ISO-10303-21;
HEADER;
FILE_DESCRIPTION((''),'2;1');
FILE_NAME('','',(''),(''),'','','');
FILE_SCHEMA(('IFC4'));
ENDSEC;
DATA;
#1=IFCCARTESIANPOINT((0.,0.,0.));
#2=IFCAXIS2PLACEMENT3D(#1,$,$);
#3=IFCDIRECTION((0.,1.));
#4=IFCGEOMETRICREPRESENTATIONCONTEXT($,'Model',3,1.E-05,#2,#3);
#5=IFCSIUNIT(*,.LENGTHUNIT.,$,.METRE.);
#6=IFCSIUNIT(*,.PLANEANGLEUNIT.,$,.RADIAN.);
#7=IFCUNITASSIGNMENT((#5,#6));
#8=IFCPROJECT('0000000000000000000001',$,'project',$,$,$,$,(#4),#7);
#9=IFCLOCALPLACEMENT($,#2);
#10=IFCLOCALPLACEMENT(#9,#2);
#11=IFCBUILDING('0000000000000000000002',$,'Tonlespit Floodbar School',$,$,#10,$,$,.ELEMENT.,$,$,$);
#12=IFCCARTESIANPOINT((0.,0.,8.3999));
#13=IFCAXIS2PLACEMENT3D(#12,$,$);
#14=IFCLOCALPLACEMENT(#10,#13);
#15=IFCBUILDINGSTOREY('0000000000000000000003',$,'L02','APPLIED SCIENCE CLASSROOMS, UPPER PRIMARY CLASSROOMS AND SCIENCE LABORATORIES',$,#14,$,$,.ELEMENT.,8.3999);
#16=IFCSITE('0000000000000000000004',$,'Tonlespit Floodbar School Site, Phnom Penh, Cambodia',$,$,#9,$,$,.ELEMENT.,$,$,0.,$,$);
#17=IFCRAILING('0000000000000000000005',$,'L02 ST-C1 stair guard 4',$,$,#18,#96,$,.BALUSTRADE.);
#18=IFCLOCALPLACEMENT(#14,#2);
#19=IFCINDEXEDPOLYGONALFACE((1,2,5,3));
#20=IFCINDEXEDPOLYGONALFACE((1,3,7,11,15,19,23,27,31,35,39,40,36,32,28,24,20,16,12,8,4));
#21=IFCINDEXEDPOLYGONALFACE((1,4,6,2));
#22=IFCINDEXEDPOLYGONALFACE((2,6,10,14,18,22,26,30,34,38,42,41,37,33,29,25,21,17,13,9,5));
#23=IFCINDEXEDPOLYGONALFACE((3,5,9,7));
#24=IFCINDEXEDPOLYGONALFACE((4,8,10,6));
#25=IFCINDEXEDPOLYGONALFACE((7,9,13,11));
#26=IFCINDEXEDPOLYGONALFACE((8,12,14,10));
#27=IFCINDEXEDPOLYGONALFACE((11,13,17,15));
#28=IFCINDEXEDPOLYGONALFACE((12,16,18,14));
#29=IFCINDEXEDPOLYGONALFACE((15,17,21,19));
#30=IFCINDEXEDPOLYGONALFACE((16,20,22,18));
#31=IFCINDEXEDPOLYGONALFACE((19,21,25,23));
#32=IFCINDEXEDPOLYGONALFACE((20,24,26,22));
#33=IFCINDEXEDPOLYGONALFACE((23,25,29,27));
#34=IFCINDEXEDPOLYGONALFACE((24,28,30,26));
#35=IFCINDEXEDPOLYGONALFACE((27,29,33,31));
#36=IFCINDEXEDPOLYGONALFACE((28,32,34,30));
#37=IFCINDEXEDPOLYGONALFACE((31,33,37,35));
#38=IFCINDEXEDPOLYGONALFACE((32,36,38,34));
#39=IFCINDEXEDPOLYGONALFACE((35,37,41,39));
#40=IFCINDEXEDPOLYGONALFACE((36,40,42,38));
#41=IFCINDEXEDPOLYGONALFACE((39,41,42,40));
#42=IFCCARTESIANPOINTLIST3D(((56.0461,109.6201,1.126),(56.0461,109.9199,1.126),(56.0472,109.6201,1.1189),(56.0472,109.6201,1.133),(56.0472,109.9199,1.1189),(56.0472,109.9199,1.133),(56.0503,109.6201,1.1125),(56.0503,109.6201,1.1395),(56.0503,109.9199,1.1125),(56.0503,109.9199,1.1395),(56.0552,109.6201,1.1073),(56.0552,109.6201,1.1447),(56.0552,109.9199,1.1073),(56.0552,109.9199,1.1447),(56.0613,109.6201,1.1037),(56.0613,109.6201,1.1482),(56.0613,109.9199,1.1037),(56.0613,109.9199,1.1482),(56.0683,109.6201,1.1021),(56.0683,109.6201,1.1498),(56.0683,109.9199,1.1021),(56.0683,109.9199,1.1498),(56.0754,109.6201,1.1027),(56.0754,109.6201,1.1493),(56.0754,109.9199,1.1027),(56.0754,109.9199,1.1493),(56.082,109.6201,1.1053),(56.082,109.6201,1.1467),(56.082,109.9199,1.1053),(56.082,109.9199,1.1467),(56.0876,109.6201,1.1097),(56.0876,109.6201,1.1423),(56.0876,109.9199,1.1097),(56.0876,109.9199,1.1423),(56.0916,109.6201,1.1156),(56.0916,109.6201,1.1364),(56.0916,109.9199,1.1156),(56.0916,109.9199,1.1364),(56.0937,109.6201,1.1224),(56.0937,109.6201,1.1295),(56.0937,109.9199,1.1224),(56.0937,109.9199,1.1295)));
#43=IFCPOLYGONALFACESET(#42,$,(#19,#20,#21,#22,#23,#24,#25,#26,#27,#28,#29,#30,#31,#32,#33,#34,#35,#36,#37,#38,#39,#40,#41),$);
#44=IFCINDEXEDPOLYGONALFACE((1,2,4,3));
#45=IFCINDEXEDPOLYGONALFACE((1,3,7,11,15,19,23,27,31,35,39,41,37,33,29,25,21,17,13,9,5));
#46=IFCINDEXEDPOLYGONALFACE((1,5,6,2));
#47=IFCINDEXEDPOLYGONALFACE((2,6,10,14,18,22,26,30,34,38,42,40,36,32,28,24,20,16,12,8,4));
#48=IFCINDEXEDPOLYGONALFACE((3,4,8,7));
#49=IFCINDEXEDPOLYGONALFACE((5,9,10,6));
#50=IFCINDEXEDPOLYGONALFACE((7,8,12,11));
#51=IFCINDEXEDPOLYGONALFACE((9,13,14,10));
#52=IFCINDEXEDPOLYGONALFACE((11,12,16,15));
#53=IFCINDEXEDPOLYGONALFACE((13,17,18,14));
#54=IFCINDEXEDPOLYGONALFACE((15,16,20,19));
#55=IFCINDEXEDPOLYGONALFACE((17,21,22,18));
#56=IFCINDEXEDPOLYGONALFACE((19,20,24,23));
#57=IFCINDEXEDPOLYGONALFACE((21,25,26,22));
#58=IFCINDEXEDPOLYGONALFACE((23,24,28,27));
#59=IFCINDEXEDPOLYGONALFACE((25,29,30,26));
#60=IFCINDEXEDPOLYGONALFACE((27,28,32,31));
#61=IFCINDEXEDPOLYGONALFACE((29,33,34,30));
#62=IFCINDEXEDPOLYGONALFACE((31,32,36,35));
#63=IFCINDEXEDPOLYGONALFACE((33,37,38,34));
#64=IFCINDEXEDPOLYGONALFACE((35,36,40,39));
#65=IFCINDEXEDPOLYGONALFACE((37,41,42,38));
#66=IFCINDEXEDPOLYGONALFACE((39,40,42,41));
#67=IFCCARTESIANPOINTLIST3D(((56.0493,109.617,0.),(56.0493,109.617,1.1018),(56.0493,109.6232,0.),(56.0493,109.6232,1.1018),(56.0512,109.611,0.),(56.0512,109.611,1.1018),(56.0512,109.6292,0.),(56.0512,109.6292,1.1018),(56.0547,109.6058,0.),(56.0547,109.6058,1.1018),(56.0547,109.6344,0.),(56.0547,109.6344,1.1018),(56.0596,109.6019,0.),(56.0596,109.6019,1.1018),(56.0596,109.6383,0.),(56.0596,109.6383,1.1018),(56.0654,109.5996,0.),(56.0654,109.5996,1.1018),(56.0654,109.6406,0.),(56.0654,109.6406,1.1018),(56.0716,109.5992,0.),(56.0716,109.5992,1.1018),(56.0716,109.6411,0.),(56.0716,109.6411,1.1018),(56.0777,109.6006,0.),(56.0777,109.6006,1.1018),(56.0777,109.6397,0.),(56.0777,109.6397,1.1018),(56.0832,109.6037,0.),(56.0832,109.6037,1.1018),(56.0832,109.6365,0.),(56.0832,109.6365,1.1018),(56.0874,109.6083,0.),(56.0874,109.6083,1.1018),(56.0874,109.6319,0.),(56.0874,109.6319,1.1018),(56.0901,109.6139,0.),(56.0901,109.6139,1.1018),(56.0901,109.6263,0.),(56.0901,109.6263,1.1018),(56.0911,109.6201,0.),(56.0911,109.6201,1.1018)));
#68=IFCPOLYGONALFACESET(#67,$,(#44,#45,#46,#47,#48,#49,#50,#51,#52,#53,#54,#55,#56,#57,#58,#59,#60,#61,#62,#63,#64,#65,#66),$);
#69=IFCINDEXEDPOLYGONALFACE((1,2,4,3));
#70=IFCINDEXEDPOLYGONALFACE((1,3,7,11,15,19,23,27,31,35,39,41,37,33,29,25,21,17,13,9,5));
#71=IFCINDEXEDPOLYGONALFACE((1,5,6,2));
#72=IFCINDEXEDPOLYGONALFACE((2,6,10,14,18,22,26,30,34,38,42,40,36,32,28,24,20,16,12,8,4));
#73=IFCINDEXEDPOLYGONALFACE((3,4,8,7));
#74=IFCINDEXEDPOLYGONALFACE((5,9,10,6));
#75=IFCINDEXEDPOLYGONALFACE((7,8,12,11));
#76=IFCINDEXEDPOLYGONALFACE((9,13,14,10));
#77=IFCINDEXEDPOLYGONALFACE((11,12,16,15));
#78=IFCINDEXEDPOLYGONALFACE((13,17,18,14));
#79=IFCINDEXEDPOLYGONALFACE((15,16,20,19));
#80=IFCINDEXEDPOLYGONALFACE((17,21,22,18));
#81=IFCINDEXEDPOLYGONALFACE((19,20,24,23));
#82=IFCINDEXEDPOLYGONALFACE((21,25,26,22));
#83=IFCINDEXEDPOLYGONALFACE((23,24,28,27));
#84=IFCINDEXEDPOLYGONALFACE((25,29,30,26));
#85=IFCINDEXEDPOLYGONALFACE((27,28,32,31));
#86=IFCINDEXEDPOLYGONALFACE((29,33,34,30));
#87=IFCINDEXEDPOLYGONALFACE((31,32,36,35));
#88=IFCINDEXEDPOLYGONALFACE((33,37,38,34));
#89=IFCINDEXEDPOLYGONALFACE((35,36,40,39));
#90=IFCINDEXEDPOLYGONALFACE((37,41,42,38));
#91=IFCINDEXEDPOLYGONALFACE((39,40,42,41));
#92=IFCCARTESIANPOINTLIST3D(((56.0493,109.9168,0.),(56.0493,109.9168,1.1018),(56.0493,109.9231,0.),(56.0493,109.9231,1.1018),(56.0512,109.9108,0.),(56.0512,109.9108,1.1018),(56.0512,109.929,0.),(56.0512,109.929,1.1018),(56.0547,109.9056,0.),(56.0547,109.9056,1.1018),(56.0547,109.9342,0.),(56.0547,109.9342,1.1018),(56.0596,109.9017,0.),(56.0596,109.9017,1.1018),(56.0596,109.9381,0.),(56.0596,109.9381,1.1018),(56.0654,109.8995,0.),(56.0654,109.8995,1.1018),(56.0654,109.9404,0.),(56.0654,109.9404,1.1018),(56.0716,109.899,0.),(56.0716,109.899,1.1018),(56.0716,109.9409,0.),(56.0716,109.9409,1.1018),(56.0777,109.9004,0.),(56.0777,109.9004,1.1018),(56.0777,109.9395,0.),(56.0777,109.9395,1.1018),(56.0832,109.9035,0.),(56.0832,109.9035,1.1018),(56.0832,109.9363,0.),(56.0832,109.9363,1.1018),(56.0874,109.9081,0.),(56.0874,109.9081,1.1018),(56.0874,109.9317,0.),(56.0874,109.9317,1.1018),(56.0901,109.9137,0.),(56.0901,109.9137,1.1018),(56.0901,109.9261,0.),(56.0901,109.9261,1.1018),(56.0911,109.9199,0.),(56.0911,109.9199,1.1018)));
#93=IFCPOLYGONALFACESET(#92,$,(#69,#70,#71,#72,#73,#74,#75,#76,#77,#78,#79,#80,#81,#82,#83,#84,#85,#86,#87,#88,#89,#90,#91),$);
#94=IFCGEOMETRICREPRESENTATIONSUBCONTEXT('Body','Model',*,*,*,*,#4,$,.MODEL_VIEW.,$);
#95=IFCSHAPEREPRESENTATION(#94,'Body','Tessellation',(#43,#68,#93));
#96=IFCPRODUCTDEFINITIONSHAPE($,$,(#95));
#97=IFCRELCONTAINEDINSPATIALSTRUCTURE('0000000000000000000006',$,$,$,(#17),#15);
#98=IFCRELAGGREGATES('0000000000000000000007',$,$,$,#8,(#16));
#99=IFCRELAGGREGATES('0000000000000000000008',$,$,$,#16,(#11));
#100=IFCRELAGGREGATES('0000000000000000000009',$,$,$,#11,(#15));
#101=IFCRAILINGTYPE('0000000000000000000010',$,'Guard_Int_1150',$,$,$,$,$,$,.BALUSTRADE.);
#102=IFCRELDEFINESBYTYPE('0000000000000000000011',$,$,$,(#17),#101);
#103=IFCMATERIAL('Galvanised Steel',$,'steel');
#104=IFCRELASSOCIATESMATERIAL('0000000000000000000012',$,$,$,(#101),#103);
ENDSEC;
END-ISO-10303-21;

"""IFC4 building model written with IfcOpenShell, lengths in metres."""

from ifc_helpers import new_model, si_unit, direction, frame, origin, origin_2d, place, context, subcontext, project, spatial, circle, extrude, material, type_object, element, save


model = new_model("IFC4")

# Units and contexts
model_context = context("Model", 3, precision=1e-05, world=origin(), true_north=direction((0.0, 1.0)))
body_context = subcontext(model_context, "Body", "Model", "MODEL_VIEW")
ifc_project = project(units=[si_unit("LENGTHUNIT", "METRE"), si_unit("PLANEANGLEUNIT", "RADIAN")], contexts=[model_context])

# Site, building, storey
site_placement = place(None, origin())
site = spatial("IfcSite", under=ifc_project, at=site_placement, Name="Tonlespit Floodbar School Site, Phnom Penh, Cambodia", CompositionType="ELEMENT", RefElevation=0.0)
building_placement = place(site_placement, origin())
building = spatial("IfcBuilding", under=site, at=building_placement, Name="Tonlespit Floodbar School", CompositionType="ELEMENT")
storey_placement = place(building_placement, frame((0.0, 0.0, 8.3999)))
storey = spatial("IfcBuildingStorey", under=building, at=storey_placement, Name="L02", Description="APPLIED SCIENCE CLASSROOMS, UPPER PRIMARY CLASSROOMS AND SCIENCE LABORATORIES", CompositionType="ELEMENT", Elevation=8.3999)

# Shared definitions
ifc_material_1 = material(Name="Galvanised Steel", Category="steel")

# Railing
railing_type_1 = type_object("IfcRailingType", Name="Guard_Int_1150", PredefinedType="BALUSTRADE", material=ifc_material_1)
railing_1_placement = place(storey_placement, frame((56.0701, 109.6201, 0.0)))
element("IfcRailing", 1, at=railing_1_placement, inside=storey, type_object=railing_type_1, Name="L02 ST-C1 stair guard 4", PredefinedType="BALUSTRADE", context=body_context, shape_type="SweptSolid", body=[
    extrude(circle(Radius=0.0239, at=origin_2d()), frame((0.0, 0.0, 1.126), z_axis=(0.0, 1.0, 0.0), x_axis=(-1.0, 0.0, 0.0)), (0.0, 0.0, 1.0), 0.2998),
    extrude(circle(Radius=0.021, at=origin_2d()), origin(), (0.0, 0.0, 1.0), 1.1018),
    extrude(circle(Radius=0.021, at=origin_2d()), frame((0.0, 0.2998, 0.0)), (0.0, 0.0, 1.0), 1.1018),
])

save(model, "model.ifc")
